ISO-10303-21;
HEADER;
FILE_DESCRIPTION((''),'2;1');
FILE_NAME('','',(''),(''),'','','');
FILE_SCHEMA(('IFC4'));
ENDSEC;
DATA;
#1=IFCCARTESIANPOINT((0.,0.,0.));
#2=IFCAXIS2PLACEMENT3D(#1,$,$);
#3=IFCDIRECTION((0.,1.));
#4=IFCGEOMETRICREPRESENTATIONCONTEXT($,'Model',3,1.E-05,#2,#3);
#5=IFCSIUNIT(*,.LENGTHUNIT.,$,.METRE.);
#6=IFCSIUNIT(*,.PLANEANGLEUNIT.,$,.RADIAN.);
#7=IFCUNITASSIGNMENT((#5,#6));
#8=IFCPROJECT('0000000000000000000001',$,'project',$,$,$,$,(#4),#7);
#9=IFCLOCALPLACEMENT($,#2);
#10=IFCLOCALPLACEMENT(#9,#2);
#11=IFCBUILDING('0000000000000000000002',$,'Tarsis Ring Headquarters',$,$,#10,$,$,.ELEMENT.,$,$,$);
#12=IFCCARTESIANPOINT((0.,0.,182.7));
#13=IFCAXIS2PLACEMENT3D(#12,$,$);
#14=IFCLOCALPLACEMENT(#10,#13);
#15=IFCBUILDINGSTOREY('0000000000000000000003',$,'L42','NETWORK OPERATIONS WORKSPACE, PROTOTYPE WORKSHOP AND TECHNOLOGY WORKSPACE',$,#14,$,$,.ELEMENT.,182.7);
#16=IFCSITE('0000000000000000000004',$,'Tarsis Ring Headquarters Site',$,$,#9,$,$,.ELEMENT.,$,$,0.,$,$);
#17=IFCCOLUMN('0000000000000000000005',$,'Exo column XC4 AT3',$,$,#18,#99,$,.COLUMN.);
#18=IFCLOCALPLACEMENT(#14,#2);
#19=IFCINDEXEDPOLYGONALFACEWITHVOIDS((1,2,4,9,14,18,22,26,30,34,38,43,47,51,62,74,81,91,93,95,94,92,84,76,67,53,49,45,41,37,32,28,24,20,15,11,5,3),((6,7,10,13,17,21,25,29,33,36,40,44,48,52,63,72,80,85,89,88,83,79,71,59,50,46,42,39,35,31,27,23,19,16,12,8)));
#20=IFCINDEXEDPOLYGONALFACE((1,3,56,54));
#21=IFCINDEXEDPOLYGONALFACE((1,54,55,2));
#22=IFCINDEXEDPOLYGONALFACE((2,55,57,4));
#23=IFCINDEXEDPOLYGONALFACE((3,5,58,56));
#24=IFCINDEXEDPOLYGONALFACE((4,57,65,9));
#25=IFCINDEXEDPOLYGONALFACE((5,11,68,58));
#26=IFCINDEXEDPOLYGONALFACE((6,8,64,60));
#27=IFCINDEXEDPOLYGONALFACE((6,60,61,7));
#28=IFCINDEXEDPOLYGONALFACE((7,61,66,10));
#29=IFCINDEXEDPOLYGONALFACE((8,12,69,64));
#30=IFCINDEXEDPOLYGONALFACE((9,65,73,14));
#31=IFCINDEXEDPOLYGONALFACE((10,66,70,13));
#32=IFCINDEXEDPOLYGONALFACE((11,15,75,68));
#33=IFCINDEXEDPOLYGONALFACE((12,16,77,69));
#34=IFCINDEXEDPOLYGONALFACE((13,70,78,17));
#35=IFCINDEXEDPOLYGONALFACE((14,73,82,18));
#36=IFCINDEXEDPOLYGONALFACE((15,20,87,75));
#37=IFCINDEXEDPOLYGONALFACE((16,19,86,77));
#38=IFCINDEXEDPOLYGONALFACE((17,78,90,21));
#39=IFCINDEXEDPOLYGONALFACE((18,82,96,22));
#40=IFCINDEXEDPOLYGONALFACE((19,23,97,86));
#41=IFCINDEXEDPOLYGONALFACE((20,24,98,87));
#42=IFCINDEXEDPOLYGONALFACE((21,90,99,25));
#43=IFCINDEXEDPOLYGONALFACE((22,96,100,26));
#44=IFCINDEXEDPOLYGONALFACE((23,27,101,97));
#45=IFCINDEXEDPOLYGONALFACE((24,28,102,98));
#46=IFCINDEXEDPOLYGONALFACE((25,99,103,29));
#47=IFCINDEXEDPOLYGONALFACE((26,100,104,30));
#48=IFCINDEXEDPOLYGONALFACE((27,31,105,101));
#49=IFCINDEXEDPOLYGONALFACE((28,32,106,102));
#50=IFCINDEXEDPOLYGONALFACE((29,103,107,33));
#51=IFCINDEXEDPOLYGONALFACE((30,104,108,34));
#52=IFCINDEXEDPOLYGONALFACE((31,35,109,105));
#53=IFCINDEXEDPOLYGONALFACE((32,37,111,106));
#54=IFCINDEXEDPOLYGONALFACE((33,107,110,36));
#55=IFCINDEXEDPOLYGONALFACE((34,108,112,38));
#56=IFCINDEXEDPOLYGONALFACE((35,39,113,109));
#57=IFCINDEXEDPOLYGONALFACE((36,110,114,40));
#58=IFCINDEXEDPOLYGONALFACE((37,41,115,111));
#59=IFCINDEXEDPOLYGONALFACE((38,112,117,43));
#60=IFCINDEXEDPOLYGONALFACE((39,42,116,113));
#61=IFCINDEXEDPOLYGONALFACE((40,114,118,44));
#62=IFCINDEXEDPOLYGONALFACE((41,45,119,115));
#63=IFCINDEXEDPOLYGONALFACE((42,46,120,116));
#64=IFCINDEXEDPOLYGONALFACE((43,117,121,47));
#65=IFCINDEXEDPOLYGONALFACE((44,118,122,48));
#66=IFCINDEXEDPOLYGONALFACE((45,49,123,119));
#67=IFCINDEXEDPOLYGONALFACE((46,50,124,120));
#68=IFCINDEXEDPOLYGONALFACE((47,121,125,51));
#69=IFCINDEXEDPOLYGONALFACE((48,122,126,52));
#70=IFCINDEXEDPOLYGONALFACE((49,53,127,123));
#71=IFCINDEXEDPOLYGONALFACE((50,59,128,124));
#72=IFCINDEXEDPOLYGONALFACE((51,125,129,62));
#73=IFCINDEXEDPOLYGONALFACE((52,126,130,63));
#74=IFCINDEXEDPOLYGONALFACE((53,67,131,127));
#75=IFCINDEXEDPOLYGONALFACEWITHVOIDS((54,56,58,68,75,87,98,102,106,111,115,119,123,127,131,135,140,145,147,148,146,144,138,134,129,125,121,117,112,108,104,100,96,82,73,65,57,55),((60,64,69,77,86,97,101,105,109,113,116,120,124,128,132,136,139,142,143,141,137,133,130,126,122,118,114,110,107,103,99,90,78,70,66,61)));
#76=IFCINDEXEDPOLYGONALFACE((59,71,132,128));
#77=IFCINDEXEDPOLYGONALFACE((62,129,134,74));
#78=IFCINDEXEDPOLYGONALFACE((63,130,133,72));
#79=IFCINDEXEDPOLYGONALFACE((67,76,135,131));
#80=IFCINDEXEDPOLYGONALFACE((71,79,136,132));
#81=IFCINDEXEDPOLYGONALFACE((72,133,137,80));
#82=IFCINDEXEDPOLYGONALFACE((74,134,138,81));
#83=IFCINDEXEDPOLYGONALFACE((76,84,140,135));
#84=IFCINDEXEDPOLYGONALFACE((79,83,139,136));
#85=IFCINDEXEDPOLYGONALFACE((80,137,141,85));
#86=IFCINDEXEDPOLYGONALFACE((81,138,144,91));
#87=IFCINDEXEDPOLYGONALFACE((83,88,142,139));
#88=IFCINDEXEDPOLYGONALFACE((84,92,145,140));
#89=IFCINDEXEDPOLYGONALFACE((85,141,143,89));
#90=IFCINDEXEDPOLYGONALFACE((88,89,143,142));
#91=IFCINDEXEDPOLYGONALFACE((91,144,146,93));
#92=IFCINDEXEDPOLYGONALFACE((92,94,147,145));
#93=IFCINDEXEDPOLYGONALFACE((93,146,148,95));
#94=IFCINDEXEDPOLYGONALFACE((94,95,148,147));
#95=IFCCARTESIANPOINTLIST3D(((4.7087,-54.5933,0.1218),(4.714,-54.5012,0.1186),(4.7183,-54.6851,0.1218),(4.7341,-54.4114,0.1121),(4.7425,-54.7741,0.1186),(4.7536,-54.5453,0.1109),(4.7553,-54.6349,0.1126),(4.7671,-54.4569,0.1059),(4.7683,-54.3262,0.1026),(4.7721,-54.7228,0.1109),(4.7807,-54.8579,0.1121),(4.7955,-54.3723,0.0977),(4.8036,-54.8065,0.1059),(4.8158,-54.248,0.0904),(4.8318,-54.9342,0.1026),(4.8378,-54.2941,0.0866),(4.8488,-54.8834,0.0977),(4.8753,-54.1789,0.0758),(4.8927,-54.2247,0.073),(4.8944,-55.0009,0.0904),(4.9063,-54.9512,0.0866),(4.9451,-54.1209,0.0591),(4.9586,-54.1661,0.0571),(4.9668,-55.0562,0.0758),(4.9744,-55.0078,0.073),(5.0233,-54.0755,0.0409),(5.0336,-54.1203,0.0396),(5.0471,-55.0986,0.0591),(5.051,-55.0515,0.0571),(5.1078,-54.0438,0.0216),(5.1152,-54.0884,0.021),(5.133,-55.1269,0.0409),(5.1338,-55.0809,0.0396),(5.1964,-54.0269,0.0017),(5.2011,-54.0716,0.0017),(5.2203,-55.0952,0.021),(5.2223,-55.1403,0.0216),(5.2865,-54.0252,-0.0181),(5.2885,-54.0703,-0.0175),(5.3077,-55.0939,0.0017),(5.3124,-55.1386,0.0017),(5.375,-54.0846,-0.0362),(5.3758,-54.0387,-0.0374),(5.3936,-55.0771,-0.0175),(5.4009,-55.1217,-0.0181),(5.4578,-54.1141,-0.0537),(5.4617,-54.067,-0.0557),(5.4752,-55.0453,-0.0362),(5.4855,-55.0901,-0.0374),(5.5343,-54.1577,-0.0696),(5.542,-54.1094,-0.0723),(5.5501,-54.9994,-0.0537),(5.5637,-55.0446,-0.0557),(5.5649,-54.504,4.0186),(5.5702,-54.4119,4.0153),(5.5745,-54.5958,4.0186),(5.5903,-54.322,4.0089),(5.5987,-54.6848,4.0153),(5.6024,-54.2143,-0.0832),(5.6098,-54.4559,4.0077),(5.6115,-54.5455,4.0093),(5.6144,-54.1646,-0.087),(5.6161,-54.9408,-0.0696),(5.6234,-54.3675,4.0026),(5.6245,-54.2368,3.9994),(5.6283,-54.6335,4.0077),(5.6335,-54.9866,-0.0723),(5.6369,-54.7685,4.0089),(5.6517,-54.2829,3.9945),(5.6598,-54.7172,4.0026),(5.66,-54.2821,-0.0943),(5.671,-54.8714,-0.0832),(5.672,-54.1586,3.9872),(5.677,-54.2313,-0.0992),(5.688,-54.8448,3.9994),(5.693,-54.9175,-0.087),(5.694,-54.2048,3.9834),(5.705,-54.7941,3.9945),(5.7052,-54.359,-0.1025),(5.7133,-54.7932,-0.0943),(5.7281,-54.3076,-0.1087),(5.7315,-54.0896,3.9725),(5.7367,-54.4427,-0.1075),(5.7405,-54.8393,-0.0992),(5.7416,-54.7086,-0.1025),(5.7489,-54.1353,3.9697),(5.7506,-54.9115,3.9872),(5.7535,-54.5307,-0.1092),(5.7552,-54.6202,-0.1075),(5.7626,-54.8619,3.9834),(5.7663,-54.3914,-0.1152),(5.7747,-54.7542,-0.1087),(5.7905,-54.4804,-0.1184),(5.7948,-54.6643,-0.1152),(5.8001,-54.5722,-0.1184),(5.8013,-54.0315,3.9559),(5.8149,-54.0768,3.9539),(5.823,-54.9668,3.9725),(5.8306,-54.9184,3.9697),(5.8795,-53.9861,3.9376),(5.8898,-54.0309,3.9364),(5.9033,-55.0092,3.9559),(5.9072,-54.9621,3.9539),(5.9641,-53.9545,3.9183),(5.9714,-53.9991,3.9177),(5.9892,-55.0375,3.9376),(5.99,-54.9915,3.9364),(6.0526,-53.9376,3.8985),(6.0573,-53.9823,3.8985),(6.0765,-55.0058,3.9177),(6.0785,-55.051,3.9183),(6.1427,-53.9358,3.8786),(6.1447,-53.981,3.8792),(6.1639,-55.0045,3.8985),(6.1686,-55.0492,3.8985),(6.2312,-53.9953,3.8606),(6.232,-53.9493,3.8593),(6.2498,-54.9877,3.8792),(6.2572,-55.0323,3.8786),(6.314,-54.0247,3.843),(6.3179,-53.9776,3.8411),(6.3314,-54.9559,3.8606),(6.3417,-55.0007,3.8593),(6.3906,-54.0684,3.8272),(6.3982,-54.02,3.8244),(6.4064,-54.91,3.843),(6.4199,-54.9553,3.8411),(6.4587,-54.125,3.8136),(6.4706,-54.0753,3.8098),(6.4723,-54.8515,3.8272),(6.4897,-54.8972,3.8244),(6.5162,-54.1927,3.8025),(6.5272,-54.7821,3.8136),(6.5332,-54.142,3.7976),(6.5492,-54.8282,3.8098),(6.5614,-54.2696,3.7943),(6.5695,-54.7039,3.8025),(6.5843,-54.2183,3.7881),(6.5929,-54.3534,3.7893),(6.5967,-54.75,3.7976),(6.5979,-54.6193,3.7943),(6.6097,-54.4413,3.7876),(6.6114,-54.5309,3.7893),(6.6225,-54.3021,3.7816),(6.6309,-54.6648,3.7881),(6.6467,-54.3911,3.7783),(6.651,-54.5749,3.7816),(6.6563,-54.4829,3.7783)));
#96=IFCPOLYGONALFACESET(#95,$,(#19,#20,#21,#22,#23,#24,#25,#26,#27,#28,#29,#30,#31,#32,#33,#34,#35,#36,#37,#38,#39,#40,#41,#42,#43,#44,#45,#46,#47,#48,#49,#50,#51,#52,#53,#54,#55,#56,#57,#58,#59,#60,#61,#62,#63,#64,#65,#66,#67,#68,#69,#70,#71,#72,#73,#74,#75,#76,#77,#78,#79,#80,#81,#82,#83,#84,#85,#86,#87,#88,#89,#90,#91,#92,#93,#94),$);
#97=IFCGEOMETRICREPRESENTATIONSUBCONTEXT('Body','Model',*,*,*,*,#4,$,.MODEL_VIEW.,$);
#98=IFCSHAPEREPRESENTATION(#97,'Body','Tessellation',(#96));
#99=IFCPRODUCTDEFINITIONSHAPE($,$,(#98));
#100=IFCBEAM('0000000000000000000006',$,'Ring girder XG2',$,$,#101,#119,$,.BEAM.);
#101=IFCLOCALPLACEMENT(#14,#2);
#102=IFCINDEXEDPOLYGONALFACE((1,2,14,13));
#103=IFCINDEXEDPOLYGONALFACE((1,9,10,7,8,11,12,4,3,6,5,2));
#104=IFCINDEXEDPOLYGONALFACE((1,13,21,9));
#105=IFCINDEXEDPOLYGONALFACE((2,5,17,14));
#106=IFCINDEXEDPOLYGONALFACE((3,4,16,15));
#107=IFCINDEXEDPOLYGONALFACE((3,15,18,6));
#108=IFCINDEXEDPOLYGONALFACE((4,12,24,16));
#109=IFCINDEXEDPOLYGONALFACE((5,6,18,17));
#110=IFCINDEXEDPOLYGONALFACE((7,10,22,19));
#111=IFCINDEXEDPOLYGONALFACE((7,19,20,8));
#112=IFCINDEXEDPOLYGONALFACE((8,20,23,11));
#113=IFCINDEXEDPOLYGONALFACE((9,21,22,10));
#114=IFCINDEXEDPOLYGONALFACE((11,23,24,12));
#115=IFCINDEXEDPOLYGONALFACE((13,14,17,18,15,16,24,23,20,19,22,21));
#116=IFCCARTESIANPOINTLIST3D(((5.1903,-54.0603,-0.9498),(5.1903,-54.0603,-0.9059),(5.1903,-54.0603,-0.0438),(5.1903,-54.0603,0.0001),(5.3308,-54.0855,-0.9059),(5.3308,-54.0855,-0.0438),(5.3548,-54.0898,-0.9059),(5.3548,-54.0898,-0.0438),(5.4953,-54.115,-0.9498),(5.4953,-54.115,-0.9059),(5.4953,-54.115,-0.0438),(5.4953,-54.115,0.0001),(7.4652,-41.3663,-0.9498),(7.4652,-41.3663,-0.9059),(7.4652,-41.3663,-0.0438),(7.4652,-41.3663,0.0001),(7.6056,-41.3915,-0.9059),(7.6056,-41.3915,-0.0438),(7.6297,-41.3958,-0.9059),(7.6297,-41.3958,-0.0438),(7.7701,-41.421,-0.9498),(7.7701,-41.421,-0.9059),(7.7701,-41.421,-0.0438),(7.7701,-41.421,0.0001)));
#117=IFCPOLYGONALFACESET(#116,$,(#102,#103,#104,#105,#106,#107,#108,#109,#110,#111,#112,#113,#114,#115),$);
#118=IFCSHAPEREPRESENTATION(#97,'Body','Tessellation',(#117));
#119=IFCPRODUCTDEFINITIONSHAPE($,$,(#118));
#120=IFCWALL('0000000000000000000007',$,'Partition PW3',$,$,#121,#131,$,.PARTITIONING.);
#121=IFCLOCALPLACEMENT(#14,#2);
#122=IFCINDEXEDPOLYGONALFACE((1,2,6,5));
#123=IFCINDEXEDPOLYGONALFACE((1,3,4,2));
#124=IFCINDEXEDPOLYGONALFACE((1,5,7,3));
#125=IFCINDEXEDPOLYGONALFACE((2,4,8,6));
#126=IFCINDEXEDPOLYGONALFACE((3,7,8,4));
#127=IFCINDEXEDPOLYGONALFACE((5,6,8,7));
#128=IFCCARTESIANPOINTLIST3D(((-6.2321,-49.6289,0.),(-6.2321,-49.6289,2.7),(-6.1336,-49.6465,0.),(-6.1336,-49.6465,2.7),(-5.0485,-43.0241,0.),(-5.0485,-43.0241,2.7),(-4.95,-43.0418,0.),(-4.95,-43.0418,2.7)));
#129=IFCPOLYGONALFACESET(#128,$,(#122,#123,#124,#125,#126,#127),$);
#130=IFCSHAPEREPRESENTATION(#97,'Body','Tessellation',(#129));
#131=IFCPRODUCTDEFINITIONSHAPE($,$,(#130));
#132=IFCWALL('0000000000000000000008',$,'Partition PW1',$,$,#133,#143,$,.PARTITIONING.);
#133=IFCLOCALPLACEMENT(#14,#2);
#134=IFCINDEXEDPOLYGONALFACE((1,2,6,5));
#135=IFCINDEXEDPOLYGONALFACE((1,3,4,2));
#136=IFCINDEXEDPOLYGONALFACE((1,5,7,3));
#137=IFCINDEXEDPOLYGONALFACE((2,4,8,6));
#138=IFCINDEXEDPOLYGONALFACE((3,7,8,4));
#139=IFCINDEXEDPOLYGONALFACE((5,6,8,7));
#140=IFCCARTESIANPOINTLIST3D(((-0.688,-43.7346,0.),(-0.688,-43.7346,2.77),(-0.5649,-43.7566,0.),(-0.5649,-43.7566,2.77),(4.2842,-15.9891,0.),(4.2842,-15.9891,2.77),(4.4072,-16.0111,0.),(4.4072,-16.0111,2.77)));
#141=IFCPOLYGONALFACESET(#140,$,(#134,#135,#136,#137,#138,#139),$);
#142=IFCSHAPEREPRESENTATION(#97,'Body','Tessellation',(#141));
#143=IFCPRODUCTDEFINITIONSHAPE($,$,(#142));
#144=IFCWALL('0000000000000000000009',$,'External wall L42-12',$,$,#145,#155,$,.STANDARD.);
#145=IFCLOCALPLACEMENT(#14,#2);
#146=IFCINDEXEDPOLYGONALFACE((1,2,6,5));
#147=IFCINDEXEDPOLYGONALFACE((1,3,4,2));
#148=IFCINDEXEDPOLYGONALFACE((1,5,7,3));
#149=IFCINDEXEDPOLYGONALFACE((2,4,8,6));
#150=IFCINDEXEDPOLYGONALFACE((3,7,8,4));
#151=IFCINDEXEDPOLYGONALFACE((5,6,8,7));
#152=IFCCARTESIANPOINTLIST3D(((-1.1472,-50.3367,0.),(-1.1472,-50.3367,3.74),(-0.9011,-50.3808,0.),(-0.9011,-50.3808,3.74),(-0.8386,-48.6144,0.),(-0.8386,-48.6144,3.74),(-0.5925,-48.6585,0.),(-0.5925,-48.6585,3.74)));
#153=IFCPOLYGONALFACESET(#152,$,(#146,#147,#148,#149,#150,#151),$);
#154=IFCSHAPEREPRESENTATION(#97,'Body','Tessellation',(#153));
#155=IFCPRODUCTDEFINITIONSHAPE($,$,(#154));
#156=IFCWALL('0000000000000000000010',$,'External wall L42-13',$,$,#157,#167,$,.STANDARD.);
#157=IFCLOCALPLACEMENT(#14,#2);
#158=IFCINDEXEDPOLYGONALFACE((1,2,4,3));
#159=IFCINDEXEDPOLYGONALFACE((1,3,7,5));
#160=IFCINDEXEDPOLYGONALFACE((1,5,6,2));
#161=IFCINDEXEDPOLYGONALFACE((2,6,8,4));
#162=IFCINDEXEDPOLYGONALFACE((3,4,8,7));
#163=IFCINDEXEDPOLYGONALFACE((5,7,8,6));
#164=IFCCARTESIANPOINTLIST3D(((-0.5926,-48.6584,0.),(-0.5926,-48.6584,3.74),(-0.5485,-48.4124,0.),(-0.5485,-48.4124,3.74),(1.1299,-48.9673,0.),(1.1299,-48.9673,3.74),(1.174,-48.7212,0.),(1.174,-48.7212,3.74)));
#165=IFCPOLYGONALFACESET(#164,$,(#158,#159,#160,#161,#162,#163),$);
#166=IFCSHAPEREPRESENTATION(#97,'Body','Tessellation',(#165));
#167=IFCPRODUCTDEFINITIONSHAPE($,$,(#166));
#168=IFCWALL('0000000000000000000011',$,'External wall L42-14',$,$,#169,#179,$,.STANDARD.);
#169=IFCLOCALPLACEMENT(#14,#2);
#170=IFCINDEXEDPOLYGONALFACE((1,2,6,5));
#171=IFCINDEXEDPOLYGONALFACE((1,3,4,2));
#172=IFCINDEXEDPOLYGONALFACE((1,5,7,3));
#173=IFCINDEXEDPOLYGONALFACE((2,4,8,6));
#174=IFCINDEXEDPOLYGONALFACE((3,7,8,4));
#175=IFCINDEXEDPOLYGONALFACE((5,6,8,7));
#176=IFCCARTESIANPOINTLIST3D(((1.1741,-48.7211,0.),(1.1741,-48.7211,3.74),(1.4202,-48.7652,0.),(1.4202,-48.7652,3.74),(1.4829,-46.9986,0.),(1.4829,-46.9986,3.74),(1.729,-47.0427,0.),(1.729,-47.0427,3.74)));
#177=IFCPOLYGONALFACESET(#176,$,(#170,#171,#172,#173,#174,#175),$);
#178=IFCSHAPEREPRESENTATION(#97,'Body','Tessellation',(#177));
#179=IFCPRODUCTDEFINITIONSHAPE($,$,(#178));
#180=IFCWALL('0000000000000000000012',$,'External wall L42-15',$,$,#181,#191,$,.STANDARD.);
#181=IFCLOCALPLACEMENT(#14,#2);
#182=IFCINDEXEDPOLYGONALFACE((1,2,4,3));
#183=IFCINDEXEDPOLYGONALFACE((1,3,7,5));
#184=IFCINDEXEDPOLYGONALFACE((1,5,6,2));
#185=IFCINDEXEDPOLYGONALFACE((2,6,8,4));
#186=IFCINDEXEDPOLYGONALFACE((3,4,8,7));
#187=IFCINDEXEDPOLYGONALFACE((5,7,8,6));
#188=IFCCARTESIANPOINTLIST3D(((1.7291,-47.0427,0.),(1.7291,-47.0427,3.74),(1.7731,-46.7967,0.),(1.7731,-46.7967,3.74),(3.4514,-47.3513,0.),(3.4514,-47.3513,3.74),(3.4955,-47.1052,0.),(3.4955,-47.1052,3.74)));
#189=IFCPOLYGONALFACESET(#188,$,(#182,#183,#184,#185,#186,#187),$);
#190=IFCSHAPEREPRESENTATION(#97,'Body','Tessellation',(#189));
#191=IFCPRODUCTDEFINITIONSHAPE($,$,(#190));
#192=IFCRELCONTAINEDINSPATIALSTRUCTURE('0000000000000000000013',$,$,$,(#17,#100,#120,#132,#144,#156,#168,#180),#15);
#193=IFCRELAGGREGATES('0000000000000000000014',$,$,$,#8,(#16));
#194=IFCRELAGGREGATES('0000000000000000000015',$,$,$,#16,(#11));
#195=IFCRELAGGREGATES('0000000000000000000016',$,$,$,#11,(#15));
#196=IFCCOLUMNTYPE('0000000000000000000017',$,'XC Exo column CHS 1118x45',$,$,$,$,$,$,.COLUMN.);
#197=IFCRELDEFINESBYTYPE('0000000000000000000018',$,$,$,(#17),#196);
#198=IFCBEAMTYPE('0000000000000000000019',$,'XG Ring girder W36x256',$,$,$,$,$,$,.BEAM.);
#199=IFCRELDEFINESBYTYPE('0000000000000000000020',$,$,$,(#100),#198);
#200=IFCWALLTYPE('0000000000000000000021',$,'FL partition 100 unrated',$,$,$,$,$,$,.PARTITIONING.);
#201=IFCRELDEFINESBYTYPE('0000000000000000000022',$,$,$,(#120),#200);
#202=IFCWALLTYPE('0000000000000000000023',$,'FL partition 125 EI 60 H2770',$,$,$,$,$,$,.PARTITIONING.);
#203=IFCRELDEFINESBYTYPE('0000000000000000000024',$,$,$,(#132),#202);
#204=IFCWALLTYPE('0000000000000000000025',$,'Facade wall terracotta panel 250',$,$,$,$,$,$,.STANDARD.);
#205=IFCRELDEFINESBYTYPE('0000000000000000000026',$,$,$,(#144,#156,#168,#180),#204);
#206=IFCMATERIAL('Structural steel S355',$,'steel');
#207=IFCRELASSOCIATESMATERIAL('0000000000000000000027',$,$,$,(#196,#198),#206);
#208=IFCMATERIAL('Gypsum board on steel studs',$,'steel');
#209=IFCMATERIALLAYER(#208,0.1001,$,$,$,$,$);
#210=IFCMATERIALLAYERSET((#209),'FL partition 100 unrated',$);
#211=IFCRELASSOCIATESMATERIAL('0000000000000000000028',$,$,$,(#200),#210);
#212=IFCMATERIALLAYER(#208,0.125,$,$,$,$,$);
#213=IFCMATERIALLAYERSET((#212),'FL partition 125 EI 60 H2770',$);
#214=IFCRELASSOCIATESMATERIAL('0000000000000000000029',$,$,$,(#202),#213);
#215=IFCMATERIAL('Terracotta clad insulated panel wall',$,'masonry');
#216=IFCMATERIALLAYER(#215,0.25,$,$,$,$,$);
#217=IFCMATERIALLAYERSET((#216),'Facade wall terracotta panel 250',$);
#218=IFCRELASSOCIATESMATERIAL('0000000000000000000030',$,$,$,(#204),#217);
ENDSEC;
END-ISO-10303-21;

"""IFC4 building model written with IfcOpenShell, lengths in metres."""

from ifc_helpers import new_model, si_unit, direction, frame, frame_2d, origin, origin_2d, place, context, subcontext, project, spatial, rectangle, hollow_circle, i_section, extrude, material, layer, layer_set, material_profile, profile_set, type_object, element, save


model = new_model("IFC4")

# Units and contexts
model_context = context("Model", 3, precision=1e-05, world=origin(), true_north=direction((0.0, 1.0)))
body_context = subcontext(model_context, "Body", "Model", "MODEL_VIEW")
ifc_project = project(units=[si_unit("LENGTHUNIT", "METRE"), si_unit("PLANEANGLEUNIT", "RADIAN")], contexts=[model_context])

# Site, building, storey
site_placement = place(None, origin())
site = spatial("IfcSite", under=ifc_project, at=site_placement, Name="Tarsis Ring Headquarters Site", CompositionType="ELEMENT", RefElevation=0.0)
building_placement = place(site_placement, origin())
building = spatial("IfcBuilding", under=site, at=building_placement, Name="Tarsis Ring Headquarters", CompositionType="ELEMENT")
storey_placement = place(building_placement, frame((0.0, 0.0, 182.7)))
storey = spatial("IfcBuildingStorey", under=building, at=storey_placement, Name="L42", Description="NETWORK OPERATIONS WORKSPACE, PROTOTYPE WORKSHOP AND TECHNOLOGY WORKSPACE", CompositionType="ELEMENT", Elevation=182.7)

# Column
ifc_material_1 = material(Name="Structural steel S355", Category="steel")
ifc_material_profile_1 = material_profile(ifc_material_1, hollow_circle(Radius=0.5588, WallThickness=0.0449, at=origin_2d()), Name="CHS 1118x45")
ifc_profile_set_1 = profile_set([ifc_material_profile_1], Name="Structural steel S355")
column_type = type_object("IfcColumnType", Name="XC Exo column CHS 1118x45", PredefinedType="COLUMN", material=ifc_profile_set_1)
column_placement = place(storey_placement, frame((5.2544, -54.5828, 0.0017), z_axis=(0.21455, 0.022391, 0.976456), x_axis=(-0.103799, 0.994598, 0.0)))
element("IfcColumn", 1, at=column_placement, inside=storey, type_object=column_type, Name="Exo column XC4 AT3", PredefinedType="COLUMN", context=body_context, shape_type="SweptSolid", body=[
    extrude(hollow_circle(Radius=0.5588, WallThickness=0.0449, at=origin_2d()), origin(), (0.0, 0.0, 1.0), 3.9907),
])

# Beam
ifc_material_profile_2 = material_profile(ifc_material_1, i_section(OverallWidth=0.3098, OverallDepth=0.95, WebThickness=0.0244, FlangeThickness=0.0439, at=origin_2d()), Name="W36x256")
ifc_profile_set_2 = profile_set([ifc_material_profile_2], Name="Structural steel S355")
beam_type = type_object("IfcBeamType", Name="XG Ring girder W36x256", PredefinedType="BEAM", material=ifc_profile_set_2)
beam_placement = place(storey_placement, frame((5.3428, -54.0876, -0.4749), z_axis=(0.176399, 0.984319, 0.0), x_axis=(-0.984319, 0.176399, 0.0)))
element("IfcBeam", 2, at=beam_placement, inside=storey, type_object=beam_type, Name="Ring girder XG2", PredefinedType="BEAM", context=body_context, shape_type="SweptSolid", body=[
    extrude(i_section(OverallWidth=0.3098, OverallDepth=0.95, WebThickness=0.0244, FlangeThickness=0.0439, at=origin_2d()), origin(), (0.0, 0.0, 1.0), 12.8962),
])

# Walls
ifc_material_2 = material(Name="Gypsum board on steel studs", Category="steel")
ifc_layer_1 = layer(ifc_material_2, 0.1001)
ifc_layer_set_1 = layer_set([ifc_layer_1], Name="FL partition 100 unrated")
wall_type_1 = type_object("IfcWallType", Name="FL partition 100 unrated", PredefinedType="PARTITIONING", material=ifc_layer_set_1)
wall_1_placement = place(storey_placement, frame((-6.1829, -49.6377, 0.0), z_axis=(0.0, 0.0, 1.0), x_axis=(0.176394, 0.98432, 0.0)))
element("IfcWall", 3, at=wall_1_placement, inside=storey, type_object=wall_type_1, Name="Partition PW3", PredefinedType="PARTITIONING", context=body_context, shape_type="SweptSolid", body=[
    extrude(rectangle(XDim=6.71, YDim=0.1001, at=frame_2d((3.355, 0.0))), origin(), (0.0, 0.0, 1.0), 2.7),
])
ifc_layer_2 = layer(ifc_material_2, 0.125)
ifc_layer_set_2 = layer_set([ifc_layer_2], Name="FL partition 125 EI 60 H2770")
wall_type_2 = type_object("IfcWallType", Name="FL partition 125 EI 60 H2770", PredefinedType="PARTITIONING", material=ifc_layer_set_2)
wall_2_placement = place(storey_placement, frame((-0.6265, -43.7456, 0.0), z_axis=(0.0, 0.0, 1.0), x_axis=(0.176396, 0.984319, 0.0)))
element("IfcWall", 4, at=wall_2_placement, inside=storey, type_object=wall_type_2, Name="Partition PW1", PredefinedType="PARTITIONING", context=body_context, shape_type="SweptSolid", body=[
    extrude(rectangle(XDim=28.1875, YDim=0.125, at=frame_2d((14.0938, 0.0))), origin(), (0.0, 0.0, 1.0), 2.77),
])
ifc_material_3 = material(Name="Terracotta clad insulated panel wall", Category="masonry")
ifc_layer_3 = layer(ifc_material_3, 0.25)
ifc_layer_set_3 = layer_set([ifc_layer_3], Name="Facade wall terracotta panel 250")
wall_type_3 = type_object("IfcWallType", Name="Facade wall terracotta panel 250", PredefinedType="STANDARD", material=ifc_layer_set_3)
wall_3_placement = place(storey_placement, frame((-1.0242, -50.3589, 0.0), z_axis=(0.0, 0.0, 1.0), x_axis=(0.176356, 0.984327, 0.0)))
element("IfcWall", 5, at=wall_3_placement, inside=storey, type_object=wall_type_3, Name="External wall L42-12", PredefinedType="STANDARD", context=body_context, shape_type="SweptSolid", body=[
    extrude(rectangle(XDim=1.7498, YDim=0.25, at=frame_2d((0.875, 0.0))), origin(), (0.0, 0.0, 1.0), 3.74),
])
for number, where, z_axis, x_axis, name in (
    (6, (-0.5706, -48.5354, 0.0), (0.0, 0.0, 1.0), (0.984307, -0.176467, 0.0), "External wall L42-13"),
    (7, (1.2971, -48.7432, 0.0), (0.0, 0.0, 1.0), (0.176467, 0.984307, 0.0), "External wall L42-14"),
):
    element("IfcWall", number, at=place(storey_placement, frame(where, z_axis=z_axis, x_axis=x_axis)), inside=storey, type_object=wall_type_3, Name=name, PredefinedType="STANDARD", context=body_context, shape_type="SweptSolid", body=[
        extrude(rectangle(XDim=1.75, YDim=0.25, at=frame_2d((0.875, 0.0))), origin(), (0.0, 0.0, 1.0), 3.74),
    ])
wall_4_placement = place(storey_placement, frame((1.751, -46.9197, 0.0), z_axis=(0.0, 0.0, 1.0), x_axis=(0.984327, -0.176356, 0.0)))
element("IfcWall", 8, at=wall_4_placement, inside=storey, type_object=wall_type_3, Name="External wall L42-15", PredefinedType="STANDARD", context=body_context, shape_type="SweptSolid", body=[
    extrude(rectangle(XDim=1.7498, YDim=0.25, at=frame_2d((0.875, 0.0))), origin(), (0.0, 0.0, 1.0), 3.74),
])

save(model, "model.ifc")
